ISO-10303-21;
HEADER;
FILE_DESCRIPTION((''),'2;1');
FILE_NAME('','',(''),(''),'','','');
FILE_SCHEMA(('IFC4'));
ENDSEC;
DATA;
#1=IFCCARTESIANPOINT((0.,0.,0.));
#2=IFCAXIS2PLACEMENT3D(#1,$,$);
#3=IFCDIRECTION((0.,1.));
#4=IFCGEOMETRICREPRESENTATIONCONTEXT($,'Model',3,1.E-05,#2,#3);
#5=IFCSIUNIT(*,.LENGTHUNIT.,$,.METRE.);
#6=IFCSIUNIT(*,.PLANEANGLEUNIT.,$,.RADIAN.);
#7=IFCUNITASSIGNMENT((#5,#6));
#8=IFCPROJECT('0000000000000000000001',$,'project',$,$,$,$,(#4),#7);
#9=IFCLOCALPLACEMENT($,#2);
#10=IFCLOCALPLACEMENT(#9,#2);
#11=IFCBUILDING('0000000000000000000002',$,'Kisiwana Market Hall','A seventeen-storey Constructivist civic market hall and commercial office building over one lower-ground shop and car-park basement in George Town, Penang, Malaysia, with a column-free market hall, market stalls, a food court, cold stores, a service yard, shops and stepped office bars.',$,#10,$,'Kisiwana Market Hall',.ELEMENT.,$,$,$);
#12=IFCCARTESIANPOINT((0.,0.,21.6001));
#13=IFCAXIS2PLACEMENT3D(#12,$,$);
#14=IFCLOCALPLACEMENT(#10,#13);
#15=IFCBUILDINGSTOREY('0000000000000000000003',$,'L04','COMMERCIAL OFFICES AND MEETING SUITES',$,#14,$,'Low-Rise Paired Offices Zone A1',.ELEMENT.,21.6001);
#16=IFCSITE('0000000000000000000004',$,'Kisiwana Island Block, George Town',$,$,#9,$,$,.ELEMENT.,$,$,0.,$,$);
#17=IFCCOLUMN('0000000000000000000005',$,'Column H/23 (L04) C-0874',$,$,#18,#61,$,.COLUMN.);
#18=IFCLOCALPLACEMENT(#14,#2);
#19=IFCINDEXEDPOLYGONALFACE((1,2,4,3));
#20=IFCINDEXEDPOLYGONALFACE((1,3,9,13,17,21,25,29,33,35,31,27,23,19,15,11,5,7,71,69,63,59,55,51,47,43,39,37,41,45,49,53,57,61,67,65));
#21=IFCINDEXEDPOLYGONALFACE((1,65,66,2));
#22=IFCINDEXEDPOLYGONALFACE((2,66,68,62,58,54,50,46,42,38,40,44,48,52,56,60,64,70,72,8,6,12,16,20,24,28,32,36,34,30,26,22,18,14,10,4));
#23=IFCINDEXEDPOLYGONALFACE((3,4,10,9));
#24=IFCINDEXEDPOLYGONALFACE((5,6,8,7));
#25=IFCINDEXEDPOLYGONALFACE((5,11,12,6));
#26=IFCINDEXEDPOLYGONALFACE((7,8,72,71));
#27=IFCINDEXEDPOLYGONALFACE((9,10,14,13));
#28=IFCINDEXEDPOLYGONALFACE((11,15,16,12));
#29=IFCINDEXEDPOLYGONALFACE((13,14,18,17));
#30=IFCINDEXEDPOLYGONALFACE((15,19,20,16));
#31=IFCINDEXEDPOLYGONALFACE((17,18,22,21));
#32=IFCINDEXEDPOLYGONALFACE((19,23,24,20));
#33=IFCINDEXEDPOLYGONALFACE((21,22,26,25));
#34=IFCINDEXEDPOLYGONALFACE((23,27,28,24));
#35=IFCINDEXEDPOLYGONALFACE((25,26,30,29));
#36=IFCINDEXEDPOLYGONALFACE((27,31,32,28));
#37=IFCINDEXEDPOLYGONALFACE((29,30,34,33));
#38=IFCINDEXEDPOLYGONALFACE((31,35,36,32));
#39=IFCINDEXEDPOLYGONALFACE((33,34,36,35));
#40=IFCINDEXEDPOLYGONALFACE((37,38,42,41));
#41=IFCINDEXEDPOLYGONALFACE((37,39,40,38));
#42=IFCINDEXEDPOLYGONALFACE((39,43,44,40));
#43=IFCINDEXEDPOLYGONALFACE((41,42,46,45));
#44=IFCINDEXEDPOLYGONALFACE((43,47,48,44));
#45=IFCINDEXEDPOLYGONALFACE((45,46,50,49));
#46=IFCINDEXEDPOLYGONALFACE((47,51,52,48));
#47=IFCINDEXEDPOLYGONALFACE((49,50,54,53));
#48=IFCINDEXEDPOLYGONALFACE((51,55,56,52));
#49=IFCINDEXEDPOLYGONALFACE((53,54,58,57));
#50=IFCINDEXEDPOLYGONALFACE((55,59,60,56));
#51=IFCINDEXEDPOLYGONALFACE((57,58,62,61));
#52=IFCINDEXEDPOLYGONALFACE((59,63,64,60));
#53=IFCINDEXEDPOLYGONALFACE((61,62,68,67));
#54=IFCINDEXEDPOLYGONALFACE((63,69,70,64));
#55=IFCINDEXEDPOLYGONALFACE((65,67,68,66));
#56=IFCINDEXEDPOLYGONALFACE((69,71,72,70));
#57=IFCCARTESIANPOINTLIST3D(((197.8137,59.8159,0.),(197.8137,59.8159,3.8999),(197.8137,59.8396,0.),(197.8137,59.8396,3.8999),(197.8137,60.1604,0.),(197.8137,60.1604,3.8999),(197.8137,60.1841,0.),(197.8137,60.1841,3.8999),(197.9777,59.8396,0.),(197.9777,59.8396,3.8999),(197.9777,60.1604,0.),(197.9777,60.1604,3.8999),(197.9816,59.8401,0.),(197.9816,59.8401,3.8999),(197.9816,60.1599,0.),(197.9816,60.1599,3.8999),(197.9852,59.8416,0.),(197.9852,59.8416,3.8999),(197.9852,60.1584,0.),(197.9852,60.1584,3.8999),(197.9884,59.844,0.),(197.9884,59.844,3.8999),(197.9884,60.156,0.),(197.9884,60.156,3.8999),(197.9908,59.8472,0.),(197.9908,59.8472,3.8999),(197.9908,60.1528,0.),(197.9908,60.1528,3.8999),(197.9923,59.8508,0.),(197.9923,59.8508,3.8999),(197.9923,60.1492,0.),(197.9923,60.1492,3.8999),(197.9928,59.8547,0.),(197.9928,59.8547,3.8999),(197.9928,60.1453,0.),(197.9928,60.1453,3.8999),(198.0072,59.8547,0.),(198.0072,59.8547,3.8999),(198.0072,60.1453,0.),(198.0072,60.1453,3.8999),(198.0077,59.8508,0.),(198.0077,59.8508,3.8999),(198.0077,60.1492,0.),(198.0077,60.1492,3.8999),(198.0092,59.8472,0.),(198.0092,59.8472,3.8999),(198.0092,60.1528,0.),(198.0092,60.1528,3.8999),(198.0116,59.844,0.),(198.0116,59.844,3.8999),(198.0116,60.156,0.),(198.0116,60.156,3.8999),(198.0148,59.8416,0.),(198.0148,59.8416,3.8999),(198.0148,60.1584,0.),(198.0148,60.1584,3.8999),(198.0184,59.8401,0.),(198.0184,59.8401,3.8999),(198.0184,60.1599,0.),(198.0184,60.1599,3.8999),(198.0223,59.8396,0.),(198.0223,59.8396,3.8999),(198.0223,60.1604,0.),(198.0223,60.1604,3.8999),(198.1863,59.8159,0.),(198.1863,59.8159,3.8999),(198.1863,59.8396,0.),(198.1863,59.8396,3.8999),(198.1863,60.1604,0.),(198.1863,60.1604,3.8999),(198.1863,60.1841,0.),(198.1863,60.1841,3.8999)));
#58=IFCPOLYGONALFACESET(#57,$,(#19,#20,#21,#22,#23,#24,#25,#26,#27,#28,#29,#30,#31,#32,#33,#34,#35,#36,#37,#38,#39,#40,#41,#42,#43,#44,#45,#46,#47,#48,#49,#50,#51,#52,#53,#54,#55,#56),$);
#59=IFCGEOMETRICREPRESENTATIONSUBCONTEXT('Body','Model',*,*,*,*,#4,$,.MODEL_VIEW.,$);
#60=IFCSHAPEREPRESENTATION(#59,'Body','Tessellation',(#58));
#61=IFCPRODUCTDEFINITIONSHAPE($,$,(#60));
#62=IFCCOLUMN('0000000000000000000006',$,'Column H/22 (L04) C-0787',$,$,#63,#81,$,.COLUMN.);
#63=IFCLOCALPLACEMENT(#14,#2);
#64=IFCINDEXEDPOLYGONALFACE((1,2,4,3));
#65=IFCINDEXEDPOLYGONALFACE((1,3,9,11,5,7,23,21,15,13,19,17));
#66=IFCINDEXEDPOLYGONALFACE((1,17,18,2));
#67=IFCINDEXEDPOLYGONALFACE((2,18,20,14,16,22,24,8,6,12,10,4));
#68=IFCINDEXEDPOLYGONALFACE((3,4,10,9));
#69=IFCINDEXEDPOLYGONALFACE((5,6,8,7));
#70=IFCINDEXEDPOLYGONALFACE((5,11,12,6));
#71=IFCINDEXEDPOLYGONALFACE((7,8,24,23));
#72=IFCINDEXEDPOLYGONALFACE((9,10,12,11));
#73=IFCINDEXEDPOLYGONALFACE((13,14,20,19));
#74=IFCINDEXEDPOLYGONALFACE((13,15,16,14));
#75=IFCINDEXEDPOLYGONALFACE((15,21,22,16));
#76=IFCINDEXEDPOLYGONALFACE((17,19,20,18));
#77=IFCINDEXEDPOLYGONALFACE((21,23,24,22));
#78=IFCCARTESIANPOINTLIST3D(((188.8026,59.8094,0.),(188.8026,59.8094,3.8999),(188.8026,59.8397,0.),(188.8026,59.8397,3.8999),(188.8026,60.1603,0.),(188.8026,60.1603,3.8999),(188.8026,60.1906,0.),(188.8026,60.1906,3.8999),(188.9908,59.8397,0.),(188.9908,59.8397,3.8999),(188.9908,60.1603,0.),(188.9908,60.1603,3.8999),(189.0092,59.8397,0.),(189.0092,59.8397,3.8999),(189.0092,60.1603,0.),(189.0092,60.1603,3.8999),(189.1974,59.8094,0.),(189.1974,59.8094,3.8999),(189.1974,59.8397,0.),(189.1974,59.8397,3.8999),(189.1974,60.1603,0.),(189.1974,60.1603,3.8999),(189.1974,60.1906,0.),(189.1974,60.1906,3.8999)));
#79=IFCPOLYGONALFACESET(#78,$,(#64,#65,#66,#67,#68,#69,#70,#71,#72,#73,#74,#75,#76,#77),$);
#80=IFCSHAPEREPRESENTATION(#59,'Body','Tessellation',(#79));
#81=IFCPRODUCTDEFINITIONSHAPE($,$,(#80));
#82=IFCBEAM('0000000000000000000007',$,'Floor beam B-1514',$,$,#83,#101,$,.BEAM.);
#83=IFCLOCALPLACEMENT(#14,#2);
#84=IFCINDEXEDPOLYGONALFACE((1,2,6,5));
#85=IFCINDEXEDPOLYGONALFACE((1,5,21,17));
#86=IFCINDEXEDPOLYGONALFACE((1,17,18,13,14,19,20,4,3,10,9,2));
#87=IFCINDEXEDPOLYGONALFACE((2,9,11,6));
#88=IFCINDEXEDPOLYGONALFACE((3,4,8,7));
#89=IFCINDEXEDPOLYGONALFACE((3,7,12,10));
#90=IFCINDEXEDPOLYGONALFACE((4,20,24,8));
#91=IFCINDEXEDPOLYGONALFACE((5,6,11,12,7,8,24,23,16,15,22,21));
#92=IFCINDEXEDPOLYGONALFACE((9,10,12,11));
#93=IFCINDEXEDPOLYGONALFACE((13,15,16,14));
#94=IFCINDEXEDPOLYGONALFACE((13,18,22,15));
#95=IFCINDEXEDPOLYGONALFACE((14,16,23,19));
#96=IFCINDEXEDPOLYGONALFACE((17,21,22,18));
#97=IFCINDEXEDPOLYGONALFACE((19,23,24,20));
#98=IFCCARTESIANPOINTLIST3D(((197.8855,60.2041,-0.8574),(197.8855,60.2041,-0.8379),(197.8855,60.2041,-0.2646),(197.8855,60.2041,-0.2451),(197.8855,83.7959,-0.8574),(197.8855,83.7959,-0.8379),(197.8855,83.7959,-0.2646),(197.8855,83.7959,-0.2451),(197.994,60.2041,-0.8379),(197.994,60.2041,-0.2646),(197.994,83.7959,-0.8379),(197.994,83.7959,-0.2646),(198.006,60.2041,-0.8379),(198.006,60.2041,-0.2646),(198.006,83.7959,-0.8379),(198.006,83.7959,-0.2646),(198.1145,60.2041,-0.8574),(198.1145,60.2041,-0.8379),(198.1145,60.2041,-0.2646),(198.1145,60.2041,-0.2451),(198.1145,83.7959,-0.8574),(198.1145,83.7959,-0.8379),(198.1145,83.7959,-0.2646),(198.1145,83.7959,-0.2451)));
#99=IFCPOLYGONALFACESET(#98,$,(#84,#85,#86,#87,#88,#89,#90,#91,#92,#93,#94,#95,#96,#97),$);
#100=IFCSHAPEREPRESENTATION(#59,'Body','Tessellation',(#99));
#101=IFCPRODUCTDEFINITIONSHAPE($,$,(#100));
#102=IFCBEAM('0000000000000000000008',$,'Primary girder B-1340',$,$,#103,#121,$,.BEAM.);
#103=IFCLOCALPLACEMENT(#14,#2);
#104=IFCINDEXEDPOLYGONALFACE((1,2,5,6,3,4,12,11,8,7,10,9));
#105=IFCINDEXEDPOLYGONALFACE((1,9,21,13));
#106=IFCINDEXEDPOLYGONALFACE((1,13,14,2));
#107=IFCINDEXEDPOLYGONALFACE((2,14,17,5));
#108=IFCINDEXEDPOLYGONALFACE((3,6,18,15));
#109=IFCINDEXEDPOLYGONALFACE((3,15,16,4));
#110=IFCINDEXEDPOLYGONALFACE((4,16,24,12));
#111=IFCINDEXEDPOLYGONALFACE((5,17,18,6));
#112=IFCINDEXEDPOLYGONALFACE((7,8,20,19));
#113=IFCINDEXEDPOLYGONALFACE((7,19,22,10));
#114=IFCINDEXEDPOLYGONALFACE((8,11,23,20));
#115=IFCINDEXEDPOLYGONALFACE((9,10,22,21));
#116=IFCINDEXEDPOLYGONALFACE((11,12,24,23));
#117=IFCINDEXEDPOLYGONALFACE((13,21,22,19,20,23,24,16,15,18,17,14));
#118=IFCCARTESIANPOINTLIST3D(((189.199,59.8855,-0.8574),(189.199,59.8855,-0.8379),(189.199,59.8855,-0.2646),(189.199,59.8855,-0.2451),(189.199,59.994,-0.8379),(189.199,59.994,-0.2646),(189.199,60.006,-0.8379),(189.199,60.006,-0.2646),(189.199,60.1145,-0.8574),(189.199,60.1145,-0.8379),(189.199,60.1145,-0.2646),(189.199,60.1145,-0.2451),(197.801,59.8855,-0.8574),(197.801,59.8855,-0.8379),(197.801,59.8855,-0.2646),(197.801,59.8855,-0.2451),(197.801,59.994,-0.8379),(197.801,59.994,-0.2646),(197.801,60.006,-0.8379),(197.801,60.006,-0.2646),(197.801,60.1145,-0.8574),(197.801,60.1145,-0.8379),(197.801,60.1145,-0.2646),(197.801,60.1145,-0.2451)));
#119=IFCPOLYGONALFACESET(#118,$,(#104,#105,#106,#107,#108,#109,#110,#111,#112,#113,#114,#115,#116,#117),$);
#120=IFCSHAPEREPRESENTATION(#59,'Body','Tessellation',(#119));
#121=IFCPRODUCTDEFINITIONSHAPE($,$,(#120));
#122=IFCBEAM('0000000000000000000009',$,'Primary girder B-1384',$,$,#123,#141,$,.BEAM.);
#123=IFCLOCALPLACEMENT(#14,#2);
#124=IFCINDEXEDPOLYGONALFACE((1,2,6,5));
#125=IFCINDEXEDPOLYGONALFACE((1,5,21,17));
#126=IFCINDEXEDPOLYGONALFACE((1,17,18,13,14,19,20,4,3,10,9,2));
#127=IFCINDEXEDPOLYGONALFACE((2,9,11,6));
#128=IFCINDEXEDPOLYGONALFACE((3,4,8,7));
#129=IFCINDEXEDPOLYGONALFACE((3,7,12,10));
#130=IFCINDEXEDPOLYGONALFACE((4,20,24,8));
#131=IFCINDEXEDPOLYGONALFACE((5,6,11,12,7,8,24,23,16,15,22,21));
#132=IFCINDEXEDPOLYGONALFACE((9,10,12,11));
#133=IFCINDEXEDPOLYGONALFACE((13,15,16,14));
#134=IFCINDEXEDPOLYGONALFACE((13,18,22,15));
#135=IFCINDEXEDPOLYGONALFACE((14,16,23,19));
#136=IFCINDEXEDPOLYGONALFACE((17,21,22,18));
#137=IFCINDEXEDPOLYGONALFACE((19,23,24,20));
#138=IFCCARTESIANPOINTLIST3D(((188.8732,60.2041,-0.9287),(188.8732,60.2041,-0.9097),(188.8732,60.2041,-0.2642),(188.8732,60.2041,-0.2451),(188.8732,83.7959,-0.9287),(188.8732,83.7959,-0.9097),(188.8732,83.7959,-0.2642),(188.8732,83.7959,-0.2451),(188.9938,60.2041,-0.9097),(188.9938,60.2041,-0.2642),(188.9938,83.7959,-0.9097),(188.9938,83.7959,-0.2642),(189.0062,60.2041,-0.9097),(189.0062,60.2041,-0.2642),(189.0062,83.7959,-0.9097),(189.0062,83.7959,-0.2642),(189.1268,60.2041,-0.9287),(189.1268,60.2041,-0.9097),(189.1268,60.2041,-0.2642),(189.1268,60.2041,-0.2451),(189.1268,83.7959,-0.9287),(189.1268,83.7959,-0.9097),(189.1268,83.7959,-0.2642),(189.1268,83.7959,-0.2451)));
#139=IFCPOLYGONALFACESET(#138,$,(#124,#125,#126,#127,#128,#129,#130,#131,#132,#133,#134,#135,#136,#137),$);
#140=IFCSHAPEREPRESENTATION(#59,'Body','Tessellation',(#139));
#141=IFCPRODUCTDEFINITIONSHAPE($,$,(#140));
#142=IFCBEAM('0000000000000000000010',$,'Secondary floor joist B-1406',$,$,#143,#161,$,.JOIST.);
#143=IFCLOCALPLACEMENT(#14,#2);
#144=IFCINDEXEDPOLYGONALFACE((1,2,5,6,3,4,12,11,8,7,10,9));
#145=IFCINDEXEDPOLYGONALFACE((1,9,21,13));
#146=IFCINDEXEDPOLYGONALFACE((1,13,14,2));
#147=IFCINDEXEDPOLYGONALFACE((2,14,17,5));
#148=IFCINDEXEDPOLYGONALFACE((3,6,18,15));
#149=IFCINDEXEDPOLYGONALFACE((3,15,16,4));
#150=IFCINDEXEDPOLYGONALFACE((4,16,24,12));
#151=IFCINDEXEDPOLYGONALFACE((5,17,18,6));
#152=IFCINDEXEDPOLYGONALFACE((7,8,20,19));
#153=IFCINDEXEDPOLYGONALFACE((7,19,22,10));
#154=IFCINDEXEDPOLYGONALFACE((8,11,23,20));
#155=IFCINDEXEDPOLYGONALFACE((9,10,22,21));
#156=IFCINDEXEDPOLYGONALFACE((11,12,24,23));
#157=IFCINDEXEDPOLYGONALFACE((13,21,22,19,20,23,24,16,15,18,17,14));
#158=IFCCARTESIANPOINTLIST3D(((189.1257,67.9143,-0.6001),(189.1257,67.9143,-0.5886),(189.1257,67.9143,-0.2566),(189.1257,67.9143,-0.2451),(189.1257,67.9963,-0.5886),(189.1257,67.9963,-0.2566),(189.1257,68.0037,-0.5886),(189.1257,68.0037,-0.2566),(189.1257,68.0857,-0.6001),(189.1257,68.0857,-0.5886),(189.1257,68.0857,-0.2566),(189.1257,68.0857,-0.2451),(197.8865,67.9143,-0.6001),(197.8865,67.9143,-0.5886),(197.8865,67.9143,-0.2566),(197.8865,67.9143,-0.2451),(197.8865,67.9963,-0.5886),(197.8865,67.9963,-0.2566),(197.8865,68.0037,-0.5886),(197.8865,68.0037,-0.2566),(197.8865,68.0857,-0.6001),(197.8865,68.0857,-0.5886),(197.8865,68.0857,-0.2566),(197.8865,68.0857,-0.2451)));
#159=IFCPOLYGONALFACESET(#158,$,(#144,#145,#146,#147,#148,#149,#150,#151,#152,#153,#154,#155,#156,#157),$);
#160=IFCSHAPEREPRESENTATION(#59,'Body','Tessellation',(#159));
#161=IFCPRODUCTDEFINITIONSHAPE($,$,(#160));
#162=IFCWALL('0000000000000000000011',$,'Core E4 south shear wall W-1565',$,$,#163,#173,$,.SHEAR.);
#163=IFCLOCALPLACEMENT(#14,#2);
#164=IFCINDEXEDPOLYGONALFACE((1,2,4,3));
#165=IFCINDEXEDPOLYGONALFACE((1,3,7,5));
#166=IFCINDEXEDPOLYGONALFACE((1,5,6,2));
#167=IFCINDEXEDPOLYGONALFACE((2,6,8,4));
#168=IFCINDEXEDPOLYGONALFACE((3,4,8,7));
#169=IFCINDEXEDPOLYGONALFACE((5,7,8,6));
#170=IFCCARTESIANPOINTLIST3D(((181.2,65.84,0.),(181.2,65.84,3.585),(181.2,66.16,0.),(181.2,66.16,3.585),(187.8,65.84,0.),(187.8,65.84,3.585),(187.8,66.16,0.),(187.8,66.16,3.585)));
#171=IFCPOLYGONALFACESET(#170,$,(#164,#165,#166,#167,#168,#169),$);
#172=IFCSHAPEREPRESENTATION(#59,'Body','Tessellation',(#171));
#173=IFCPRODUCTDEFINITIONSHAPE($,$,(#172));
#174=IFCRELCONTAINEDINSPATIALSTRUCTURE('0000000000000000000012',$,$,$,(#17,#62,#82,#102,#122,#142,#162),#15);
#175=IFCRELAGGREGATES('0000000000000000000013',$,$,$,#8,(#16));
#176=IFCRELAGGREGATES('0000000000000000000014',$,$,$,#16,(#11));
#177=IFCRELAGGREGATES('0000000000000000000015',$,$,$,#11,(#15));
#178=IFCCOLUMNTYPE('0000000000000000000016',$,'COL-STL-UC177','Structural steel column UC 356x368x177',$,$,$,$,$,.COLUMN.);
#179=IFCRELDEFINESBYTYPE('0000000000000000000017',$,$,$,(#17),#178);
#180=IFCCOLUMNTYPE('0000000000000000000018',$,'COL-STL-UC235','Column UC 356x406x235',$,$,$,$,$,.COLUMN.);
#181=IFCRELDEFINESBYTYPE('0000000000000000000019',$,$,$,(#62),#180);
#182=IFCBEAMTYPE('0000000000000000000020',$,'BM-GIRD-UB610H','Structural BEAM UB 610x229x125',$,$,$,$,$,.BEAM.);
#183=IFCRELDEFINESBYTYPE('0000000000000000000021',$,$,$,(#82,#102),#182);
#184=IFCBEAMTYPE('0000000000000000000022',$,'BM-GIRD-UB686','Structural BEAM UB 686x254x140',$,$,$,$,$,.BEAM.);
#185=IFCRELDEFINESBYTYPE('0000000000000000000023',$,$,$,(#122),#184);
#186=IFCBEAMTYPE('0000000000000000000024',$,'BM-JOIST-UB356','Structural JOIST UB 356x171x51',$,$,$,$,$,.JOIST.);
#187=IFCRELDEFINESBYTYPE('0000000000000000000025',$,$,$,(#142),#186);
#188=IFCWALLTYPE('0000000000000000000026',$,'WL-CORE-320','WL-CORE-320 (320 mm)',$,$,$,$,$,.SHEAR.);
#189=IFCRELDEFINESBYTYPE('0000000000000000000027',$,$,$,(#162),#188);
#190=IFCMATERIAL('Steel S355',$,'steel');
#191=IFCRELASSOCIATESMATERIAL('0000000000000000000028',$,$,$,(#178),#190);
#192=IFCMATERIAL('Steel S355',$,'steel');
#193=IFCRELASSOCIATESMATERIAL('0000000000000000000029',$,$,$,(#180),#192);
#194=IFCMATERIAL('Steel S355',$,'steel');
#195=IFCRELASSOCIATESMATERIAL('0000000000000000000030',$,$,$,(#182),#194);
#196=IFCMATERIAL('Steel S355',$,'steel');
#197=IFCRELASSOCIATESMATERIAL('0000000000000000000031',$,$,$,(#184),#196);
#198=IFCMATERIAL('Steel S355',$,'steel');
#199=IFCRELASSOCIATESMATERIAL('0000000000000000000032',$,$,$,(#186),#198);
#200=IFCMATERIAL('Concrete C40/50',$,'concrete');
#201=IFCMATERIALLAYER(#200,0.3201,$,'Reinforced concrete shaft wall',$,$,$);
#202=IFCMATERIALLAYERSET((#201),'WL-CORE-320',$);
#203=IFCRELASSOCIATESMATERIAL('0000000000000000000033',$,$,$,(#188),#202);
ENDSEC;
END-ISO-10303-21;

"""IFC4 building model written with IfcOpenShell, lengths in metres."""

from ifc_helpers import new_model, si_unit, direction, frame, frame_2d, origin, origin_2d, place, context, subcontext, project, spatial, rectangle, i_section, extrude, material, layer, layer_set, material_profile, profile_set, type_object, element, save


model = new_model("IFC4")

# Units and contexts
model_context = context("Model", 3, precision=1e-05, world=origin(), true_north=direction((0.0, 1.0)))
body_context = subcontext(model_context, "Body", "Model", "MODEL_VIEW")
ifc_project = project(units=[si_unit("LENGTHUNIT", "METRE"), si_unit("PLANEANGLEUNIT", "RADIAN")], contexts=[model_context])

# Site, building, storey
site_placement = place(None, origin())
site = spatial("IfcSite", under=ifc_project, at=site_placement, Name="Kisiwana Island Block, George Town", CompositionType="ELEMENT", RefElevation=0.0)
building_placement = place(site_placement, origin())
building = spatial("IfcBuilding", under=site, at=building_placement, Name="Kisiwana Market Hall", Description="A seventeen-storey Constructivist civic market hall and commercial office building over one lower-ground shop and car-park basement in George Town, Penang, Malaysia, with a column-free market hall, market stalls, a food court, cold stores, a service yard, shops and stepped office bars.", LongName="Kisiwana Market Hall", CompositionType="ELEMENT")
storey_placement = place(building_placement, frame((0.0, 0.0, 21.6001)))
storey = spatial("IfcBuildingStorey", under=building, at=storey_placement, Name="L04", Description="COMMERCIAL OFFICES AND MEETING SUITES", LongName="Low-Rise Paired Offices Zone A1", CompositionType="ELEMENT", Elevation=21.6001)

# Columns
ifc_material_1 = material(Name="Steel S355", Category="steel")
ifc_material_profile_1 = material_profile(ifc_material_1, i_section(OverallWidth=0.3726, OverallDepth=0.3682, WebThickness=0.0144, FlangeThickness=0.0237, FilletRadius=0.0151, at=origin_2d()), Name="UC 356x368x177")
ifc_profile_set_1 = profile_set([ifc_material_profile_1], Name="Steel S355")
column_type_1 = type_object("IfcColumnType", Name="COL-STL-UC177", Description="Structural steel column UC 356x368x177", PredefinedType="COLUMN", material=ifc_profile_set_1)
column_1_placement = place(storey_placement, frame((198.0, 60.0, 0.0), z_axis=(0.0, 0.0, 1.0), x_axis=(1.0, 0.0, 0.0)))
element("IfcColumn", 1, at=column_1_placement, inside=storey, type_object=column_type_1, Name="Column H/23 (L04) C-0874", PredefinedType="COLUMN", context=body_context, shape_type="SweptSolid", body=[
    extrude(i_section(OverallWidth=0.3726, OverallDepth=0.3682, WebThickness=0.0144, FlangeThickness=0.0237, FilletRadius=0.0151, at=origin_2d()), origin(), (0.0, 0.0, 1.0), 3.8999),
])
ifc_material_2 = material(Name="Steel S355", Category="steel")
ifc_material_profile_2 = material_profile(ifc_material_2, i_section(OverallWidth=0.3948, OverallDepth=0.3811, WebThickness=0.0183, FlangeThickness=0.0303, at=origin_2d()), Name="UC 356x406x235")
ifc_profile_set_2 = profile_set([ifc_material_profile_2], Name="Steel S355")
column_type_2 = type_object("IfcColumnType", Name="COL-STL-UC235", Description="Column UC 356x406x235", PredefinedType="COLUMN", material=ifc_profile_set_2)
column_2_placement = place(storey_placement, frame((189.0, 60.0, 0.0), z_axis=(0.0, 0.0, 1.0), x_axis=(1.0, 0.0, 0.0)))
element("IfcColumn", 2, at=column_2_placement, inside=storey, type_object=column_type_2, Name="Column H/22 (L04) C-0787", PredefinedType="COLUMN", context=body_context, shape_type="SweptSolid", body=[
    extrude(i_section(OverallWidth=0.3948, OverallDepth=0.3811, WebThickness=0.0183, FlangeThickness=0.0303, at=origin_2d()), origin(), (0.0, 0.0, 1.0), 3.8999),
])

# Beams
ifc_material_3 = material(Name="Steel S355", Category="steel")
ifc_material_profile_3 = material_profile(ifc_material_3, i_section(OverallWidth=0.229, OverallDepth=0.6123, WebThickness=0.012, FlangeThickness=0.0195, at=origin_2d()), Name="UB 610x229x125")
ifc_profile_set_3 = profile_set([ifc_material_profile_3], Name="Steel S355")
beam_type_1 = type_object("IfcBeamType", Name="BM-GIRD-UB610H", Description="Structural BEAM UB 610x229x125", PredefinedType="BEAM", material=ifc_profile_set_3)
beam_1_placement = place(storey_placement, frame((198.0, 60.2041, -0.5513), z_axis=(0.0, 1.0, 0.0), x_axis=(-1.0, 0.0, 0.0)))
element("IfcBeam", 3, at=beam_1_placement, inside=storey, type_object=beam_type_1, Name="Floor beam B-1514", PredefinedType="BEAM", context=body_context, shape_type="SweptSolid", body=[
    extrude(i_section(OverallWidth=0.229, OverallDepth=0.6123, WebThickness=0.012, FlangeThickness=0.0195, at=origin_2d()), origin(), (0.0, 0.0, 1.0), 23.5918),
])
beam_2_placement = place(storey_placement, frame((189.199, 60.0, -0.5513), z_axis=(1.0, 0.0, 0.0), x_axis=(0.0, 1.0, 0.0)))
element("IfcBeam", 4, at=beam_2_placement, inside=storey, type_object=beam_type_1, Name="Primary girder B-1340", PredefinedType="BEAM", context=body_context, shape_type="SweptSolid", body=[
    extrude(i_section(OverallWidth=0.229, OverallDepth=0.6123, WebThickness=0.012, FlangeThickness=0.0195, at=origin_2d()), origin(), (0.0, 0.0, 1.0), 8.6021),
])
ifc_material_4 = material(Name="Steel S355", Category="steel")
ifc_material_profile_4 = material_profile(ifc_material_4, i_section(OverallWidth=0.2537, OverallDepth=0.6836, WebThickness=0.0125, FlangeThickness=0.019, at=origin_2d()), Name="UB 686x254x140")
ifc_profile_set_4 = profile_set([ifc_material_profile_4], Name="Steel S355")
beam_type_2 = type_object("IfcBeamType", Name="BM-GIRD-UB686", Description="Structural BEAM UB 686x254x140", PredefinedType="BEAM", material=ifc_profile_set_4)
beam_3_placement = place(storey_placement, frame((189.0, 60.2041, -0.5869), z_axis=(0.0, 1.0, 0.0), x_axis=(-1.0, 0.0, 0.0)))
element("IfcBeam", 5, at=beam_3_placement, inside=storey, type_object=beam_type_2, Name="Primary girder B-1384", PredefinedType="BEAM", context=body_context, shape_type="SweptSolid", body=[
    extrude(i_section(OverallWidth=0.2537, OverallDepth=0.6836, WebThickness=0.0125, FlangeThickness=0.019, at=origin_2d()), origin(), (0.0, 0.0, 1.0), 23.5918),
])
ifc_material_5 = material(Name="Steel S355", Category="steel")
ifc_material_profile_5 = material_profile(ifc_material_5, i_section(OverallWidth=0.1714, OverallDepth=0.355, WebThickness=0.0073, FlangeThickness=0.0115, at=origin_2d()), Name="UB 356x171x51")
ifc_profile_set_5 = profile_set([ifc_material_profile_5], Name="Steel S355")
beam_type_3 = type_object("IfcBeamType", Name="BM-JOIST-UB356", Description="Structural JOIST UB 356x171x51", PredefinedType="JOIST", material=ifc_profile_set_5)
beam_4_placement = place(storey_placement, frame((189.1257, 68.0, -0.4226), z_axis=(1.0, 0.0, 0.0), x_axis=(0.0, 1.0, 0.0)))
element("IfcBeam", 6, at=beam_4_placement, inside=storey, type_object=beam_type_3, Name="Secondary floor joist B-1406", PredefinedType="JOIST", context=body_context, shape_type="SweptSolid", body=[
    extrude(i_section(OverallWidth=0.1714, OverallDepth=0.355, WebThickness=0.0073, FlangeThickness=0.0115, at=origin_2d()), origin(), (0.0, 0.0, 1.0), 8.7607),
])

# Wall
ifc_material_6 = material(Name="Concrete C40/50", Category="concrete")
ifc_layer_1 = layer(ifc_material_6, 0.3201, Name="Reinforced concrete shaft wall")
ifc_layer_set_1 = layer_set([ifc_layer_1], Name="WL-CORE-320")
wall_type_1 = type_object("IfcWallType", Name="WL-CORE-320", Description="WL-CORE-320 (320 mm)", PredefinedType="SHEAR", material=ifc_layer_set_1)
wall_1_placement = place(storey_placement, frame((181.2, 66.0, 0.0), z_axis=(0.0, 0.0, 1.0), x_axis=(1.0, 0.0, 0.0)))
element("IfcWall", 7, at=wall_1_placement, inside=storey, type_object=wall_type_1, Name="Core E4 south shear wall W-1565", PredefinedType="SHEAR", context=body_context, shape_type="SweptSolid", body=[
    extrude(rectangle(XDim=6.6001, YDim=0.3201, at=frame_2d((3.3, 0.0))), origin(), (0.0, 0.0, 1.0), 3.585),
])

save(model, "model.ifc")
